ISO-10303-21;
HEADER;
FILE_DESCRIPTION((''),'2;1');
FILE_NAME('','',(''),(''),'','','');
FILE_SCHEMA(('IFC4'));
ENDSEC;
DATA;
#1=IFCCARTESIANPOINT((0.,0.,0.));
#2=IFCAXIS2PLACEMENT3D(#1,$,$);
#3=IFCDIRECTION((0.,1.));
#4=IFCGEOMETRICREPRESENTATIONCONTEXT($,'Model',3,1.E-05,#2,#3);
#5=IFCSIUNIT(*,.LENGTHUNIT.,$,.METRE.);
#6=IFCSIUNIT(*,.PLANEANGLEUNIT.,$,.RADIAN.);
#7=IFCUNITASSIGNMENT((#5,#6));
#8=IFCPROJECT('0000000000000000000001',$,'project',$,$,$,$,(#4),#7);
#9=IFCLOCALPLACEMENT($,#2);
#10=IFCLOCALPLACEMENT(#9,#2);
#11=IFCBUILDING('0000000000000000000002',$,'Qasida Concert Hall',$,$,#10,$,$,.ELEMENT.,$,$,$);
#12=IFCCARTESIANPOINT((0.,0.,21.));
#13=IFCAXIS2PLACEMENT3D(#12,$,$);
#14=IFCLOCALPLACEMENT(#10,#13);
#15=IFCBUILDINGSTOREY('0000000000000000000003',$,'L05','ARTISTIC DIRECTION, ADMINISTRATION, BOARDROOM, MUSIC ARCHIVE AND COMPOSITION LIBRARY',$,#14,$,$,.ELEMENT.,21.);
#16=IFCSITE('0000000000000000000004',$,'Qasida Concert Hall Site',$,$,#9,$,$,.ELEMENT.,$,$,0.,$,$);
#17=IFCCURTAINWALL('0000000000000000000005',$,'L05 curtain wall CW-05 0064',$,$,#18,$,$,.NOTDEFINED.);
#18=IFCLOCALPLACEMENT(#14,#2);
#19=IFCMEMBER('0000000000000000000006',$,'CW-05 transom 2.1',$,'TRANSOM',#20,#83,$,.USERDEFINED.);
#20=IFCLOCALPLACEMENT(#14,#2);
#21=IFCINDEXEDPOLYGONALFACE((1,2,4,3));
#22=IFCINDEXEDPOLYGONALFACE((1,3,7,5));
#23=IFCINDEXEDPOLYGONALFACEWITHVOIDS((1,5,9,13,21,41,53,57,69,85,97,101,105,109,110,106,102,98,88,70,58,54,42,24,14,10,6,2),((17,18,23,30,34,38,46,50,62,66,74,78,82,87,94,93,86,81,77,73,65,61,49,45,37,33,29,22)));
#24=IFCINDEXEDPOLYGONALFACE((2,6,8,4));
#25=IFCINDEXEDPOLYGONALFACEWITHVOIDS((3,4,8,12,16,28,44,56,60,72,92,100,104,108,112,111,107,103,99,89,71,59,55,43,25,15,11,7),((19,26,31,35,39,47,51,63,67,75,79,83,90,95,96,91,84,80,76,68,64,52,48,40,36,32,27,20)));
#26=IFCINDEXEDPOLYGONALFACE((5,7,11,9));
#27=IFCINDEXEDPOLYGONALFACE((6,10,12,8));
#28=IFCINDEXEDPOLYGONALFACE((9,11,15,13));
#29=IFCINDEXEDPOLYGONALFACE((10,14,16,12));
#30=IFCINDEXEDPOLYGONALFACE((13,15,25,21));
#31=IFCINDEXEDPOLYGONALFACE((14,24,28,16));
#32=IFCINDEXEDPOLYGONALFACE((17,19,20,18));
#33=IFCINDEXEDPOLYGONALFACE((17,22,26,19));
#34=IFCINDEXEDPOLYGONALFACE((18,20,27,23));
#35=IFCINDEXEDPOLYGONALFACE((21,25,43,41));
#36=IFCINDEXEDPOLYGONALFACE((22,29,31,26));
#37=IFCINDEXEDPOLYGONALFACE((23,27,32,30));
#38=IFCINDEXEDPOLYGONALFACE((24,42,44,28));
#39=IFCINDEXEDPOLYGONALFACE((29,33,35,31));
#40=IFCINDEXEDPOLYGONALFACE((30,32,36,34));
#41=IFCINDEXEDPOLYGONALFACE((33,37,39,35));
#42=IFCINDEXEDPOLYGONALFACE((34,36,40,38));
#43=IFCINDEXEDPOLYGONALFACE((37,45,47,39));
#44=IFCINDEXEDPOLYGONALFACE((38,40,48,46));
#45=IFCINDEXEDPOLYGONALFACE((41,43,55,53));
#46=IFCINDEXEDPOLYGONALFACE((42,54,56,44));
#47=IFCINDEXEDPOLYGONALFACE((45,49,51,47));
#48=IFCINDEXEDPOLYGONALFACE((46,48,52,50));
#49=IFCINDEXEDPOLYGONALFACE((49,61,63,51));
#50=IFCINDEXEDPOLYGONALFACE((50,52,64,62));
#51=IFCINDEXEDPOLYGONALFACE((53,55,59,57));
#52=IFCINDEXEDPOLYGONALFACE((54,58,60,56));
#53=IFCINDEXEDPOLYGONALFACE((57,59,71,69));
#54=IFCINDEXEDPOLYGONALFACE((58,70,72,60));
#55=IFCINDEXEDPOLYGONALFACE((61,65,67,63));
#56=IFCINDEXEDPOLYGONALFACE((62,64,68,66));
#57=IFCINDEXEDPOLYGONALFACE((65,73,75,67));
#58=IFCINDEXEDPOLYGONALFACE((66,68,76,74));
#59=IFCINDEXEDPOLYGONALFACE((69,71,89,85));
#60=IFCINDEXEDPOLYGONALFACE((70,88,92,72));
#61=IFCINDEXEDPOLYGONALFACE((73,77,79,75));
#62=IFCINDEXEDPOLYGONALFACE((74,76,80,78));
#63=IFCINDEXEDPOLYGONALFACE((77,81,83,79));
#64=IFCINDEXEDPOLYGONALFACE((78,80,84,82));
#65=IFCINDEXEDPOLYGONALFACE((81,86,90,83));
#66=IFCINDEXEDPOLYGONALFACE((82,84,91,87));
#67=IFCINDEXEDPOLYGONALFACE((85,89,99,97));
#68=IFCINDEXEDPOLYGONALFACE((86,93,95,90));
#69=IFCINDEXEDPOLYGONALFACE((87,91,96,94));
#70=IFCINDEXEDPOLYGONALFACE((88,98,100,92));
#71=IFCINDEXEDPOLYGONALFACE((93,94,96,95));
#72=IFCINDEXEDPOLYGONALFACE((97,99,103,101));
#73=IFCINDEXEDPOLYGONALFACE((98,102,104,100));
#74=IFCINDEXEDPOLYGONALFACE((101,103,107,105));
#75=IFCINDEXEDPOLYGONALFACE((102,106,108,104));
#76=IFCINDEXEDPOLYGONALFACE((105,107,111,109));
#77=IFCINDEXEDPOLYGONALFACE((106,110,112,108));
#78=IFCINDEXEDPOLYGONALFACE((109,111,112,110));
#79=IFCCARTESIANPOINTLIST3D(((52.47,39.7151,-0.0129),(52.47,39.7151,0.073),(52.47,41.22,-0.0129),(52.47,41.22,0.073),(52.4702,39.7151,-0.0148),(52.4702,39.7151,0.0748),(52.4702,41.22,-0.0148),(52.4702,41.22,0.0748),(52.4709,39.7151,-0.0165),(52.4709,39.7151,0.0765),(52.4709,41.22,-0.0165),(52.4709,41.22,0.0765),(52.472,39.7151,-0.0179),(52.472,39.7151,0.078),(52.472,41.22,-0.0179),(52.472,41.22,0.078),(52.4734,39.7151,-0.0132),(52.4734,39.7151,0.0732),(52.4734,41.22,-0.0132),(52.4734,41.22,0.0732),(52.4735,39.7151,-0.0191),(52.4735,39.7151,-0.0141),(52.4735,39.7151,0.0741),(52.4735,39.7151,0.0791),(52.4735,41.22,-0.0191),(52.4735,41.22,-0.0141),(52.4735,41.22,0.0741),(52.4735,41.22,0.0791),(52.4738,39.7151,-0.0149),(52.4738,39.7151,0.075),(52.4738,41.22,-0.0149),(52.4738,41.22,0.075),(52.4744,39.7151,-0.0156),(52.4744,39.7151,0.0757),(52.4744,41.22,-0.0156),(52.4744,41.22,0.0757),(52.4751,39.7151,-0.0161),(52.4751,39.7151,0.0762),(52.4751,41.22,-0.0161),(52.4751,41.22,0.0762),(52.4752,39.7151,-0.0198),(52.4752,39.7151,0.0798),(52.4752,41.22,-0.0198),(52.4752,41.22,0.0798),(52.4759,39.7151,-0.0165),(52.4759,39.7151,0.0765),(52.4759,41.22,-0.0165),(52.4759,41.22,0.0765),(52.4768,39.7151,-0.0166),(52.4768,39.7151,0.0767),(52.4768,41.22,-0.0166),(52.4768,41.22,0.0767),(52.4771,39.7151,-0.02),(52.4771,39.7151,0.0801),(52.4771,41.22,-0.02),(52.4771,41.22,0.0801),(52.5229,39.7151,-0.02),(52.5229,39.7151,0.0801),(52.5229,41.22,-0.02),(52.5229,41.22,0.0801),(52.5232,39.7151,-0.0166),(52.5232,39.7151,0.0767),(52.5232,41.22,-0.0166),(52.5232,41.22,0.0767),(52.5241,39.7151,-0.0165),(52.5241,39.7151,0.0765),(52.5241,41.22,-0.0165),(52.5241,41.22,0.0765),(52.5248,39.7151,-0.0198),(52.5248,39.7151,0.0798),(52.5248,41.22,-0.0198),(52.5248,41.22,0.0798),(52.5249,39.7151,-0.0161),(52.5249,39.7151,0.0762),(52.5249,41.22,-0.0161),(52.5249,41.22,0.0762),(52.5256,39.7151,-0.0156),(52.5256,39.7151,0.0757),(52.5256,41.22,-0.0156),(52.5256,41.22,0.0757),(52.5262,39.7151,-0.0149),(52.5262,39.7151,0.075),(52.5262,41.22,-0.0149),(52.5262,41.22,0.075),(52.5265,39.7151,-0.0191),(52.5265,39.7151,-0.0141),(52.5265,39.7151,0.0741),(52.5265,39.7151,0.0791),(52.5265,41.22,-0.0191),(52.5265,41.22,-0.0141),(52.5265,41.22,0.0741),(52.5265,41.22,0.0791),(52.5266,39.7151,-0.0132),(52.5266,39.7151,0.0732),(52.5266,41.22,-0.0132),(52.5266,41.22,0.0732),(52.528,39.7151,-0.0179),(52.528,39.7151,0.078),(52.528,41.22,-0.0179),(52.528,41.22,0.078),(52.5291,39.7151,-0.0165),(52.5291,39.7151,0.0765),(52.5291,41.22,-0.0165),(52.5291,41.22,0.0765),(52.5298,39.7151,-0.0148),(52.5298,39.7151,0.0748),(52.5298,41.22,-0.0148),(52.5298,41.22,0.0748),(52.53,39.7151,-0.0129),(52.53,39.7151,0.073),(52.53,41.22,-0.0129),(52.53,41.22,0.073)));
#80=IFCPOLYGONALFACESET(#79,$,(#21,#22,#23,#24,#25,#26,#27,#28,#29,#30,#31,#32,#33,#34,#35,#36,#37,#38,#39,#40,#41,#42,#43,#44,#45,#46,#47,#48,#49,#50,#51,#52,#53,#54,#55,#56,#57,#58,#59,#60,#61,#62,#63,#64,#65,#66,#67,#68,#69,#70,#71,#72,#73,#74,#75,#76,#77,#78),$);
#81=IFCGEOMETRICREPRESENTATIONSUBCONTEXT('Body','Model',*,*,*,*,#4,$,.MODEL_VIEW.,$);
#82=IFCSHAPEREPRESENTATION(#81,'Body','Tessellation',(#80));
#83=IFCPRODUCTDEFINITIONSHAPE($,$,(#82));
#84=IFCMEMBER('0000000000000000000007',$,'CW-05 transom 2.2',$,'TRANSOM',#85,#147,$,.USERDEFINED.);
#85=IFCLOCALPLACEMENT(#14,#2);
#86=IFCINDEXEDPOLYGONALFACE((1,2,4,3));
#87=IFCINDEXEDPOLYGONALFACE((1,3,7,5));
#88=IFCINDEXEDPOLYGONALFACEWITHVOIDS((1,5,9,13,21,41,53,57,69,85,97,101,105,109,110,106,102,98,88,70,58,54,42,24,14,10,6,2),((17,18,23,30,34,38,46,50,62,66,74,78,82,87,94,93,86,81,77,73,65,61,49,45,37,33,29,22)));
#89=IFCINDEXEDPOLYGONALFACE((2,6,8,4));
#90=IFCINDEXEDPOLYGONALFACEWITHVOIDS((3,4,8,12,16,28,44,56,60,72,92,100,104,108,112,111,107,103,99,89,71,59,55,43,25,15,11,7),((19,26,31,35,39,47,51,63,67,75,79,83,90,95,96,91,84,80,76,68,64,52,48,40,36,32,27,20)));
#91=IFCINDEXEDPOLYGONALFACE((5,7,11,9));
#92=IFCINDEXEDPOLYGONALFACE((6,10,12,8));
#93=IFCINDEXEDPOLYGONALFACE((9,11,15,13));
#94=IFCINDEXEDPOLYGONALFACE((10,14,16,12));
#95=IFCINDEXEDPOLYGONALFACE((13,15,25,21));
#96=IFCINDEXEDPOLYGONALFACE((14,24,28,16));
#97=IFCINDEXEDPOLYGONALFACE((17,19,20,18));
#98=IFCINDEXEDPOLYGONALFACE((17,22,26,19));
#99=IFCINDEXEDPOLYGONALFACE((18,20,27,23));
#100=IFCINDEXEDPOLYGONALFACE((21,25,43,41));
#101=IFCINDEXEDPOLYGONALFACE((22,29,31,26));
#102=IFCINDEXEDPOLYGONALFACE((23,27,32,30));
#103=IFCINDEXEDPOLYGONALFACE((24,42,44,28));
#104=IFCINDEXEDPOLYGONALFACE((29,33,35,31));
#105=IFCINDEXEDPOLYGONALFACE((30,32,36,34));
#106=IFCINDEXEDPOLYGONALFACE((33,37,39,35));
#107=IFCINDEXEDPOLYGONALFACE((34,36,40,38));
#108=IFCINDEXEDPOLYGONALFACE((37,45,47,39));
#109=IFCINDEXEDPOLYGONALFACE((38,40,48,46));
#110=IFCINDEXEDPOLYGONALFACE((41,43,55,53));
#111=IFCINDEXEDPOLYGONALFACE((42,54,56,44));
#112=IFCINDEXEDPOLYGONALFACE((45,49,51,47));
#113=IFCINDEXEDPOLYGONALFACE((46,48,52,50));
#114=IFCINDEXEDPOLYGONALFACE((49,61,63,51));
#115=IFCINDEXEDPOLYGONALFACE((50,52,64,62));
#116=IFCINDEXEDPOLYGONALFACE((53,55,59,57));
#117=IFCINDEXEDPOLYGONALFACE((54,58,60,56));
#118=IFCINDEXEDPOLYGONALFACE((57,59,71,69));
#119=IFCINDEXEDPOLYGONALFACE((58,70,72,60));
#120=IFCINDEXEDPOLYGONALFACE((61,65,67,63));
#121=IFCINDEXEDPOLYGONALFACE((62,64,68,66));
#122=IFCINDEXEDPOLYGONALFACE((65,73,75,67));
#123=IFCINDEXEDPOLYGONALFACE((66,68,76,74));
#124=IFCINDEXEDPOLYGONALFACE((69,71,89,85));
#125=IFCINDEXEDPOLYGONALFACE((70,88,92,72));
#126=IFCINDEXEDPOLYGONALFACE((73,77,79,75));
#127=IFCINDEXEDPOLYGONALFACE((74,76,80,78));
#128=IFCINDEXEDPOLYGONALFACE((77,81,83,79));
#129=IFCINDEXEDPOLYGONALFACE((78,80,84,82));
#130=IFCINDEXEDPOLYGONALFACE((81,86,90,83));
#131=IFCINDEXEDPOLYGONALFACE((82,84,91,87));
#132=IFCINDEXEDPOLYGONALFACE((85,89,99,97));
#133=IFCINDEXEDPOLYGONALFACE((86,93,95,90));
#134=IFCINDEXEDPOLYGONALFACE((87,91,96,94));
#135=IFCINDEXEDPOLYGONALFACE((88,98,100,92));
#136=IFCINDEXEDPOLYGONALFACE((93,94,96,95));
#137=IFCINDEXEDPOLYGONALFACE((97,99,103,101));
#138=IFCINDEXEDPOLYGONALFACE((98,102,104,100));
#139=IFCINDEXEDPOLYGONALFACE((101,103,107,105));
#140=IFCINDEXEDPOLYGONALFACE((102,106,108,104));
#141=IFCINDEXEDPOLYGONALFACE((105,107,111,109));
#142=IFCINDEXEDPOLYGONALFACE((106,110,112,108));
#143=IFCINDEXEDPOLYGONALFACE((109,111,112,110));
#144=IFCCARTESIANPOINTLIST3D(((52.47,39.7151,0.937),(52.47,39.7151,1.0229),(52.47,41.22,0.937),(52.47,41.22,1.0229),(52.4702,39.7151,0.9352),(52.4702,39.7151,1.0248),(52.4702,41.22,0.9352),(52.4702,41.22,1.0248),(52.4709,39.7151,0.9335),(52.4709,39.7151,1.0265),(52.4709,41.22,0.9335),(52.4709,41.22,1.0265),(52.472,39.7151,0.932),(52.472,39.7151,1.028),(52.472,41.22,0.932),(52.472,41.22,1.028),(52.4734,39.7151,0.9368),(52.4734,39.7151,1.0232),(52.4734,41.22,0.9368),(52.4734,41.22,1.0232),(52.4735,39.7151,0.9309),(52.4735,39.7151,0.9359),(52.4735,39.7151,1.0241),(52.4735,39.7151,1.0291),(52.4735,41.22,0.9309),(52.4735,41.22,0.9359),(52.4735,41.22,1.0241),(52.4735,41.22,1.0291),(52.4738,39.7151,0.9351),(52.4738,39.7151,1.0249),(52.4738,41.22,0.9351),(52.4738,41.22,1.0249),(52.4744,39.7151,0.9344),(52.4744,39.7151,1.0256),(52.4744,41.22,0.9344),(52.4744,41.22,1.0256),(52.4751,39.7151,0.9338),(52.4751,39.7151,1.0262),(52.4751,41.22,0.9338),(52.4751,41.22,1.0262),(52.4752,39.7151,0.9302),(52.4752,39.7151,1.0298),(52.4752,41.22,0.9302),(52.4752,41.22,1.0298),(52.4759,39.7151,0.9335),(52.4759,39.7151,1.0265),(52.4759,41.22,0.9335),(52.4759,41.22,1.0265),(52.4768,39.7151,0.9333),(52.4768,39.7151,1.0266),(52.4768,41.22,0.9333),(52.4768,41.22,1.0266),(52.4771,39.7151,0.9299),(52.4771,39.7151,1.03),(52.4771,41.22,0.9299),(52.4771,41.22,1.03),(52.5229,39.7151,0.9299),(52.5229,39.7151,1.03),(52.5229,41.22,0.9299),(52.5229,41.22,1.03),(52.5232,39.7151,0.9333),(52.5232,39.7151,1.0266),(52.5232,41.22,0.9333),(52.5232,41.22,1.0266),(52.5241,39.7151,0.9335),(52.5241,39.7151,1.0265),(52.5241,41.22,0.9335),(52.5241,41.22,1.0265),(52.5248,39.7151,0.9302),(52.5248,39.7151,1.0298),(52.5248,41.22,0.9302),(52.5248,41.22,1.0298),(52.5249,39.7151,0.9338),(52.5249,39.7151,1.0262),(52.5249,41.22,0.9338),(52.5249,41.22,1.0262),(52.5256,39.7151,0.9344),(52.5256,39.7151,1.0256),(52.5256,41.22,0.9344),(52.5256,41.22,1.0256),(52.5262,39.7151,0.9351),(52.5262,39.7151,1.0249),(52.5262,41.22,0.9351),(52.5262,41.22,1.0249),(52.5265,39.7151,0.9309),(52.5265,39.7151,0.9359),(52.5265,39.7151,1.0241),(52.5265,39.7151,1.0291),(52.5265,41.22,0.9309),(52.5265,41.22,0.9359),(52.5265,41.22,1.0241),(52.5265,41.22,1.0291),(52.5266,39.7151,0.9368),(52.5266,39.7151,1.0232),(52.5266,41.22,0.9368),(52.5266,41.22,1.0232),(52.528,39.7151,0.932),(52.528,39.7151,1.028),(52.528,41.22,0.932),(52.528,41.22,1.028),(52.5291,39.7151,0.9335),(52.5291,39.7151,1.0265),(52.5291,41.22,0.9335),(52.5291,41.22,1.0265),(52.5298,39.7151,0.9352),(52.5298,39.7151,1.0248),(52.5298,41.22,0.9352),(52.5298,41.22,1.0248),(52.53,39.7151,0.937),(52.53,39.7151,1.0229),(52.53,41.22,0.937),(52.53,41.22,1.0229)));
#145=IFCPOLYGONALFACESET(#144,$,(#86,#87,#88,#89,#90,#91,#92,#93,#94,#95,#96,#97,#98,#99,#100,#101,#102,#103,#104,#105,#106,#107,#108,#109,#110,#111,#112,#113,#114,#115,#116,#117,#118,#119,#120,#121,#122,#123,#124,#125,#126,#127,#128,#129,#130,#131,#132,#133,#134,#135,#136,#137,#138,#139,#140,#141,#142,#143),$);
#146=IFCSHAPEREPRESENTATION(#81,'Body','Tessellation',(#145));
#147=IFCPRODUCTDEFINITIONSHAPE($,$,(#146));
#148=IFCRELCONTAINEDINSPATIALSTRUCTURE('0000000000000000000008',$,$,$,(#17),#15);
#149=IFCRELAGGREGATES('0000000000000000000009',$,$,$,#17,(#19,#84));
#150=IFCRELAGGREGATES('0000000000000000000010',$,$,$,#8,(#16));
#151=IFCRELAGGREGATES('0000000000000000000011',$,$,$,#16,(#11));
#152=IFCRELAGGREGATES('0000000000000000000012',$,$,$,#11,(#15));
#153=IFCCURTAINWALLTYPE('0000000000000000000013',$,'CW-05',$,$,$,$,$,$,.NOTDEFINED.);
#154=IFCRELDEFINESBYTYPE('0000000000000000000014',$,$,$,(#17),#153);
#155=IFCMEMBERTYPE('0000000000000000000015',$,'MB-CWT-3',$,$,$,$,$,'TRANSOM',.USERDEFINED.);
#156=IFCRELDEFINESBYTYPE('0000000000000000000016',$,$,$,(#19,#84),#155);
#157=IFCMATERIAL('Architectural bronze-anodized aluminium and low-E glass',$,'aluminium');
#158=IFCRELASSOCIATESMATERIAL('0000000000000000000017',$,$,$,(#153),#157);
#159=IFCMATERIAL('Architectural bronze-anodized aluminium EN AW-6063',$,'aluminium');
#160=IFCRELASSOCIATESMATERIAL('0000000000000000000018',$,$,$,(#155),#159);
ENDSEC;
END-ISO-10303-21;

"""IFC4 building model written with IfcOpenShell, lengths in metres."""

from ifc_helpers import new_model, si_unit, direction, frame, origin, origin_2d, place, context, subcontext, project, spatial, hollow_rectangle, extrude, material, material_profile, profile_set, type_object, element, aggregate, save


model = new_model("IFC4")

# Units and contexts
model_context = context("Model", 3, precision=1e-05, world=origin(), true_north=direction((0.0, 1.0)))
body_context = subcontext(model_context, "Body", "Model", "MODEL_VIEW")
ifc_project = project(units=[si_unit("LENGTHUNIT", "METRE"), si_unit("PLANEANGLEUNIT", "RADIAN")], contexts=[model_context])

# Site, building, storey
site_placement = place(None, origin())
site = spatial("IfcSite", under=ifc_project, at=site_placement, Name="Qasida Concert Hall Site", CompositionType="ELEMENT", RefElevation=0.0)
building_placement = place(site_placement, origin())
building = spatial("IfcBuilding", under=site, at=building_placement, Name="Qasida Concert Hall", CompositionType="ELEMENT")
storey_placement = place(building_placement, frame((0.0, 0.0, 21.0)))
storey = spatial("IfcBuildingStorey", under=building, at=storey_placement, Name="L05", Description="ARTISTIC DIRECTION, ADMINISTRATION, BOARDROOM, MUSIC ARCHIVE AND COMPOSITION LIBRARY", CompositionType="ELEMENT", Elevation=21.0)

# Curtain wall, members
ifc_material_1 = material(Name="Architectural bronze-anodized aluminium and low-E glass", Category="aluminium")
curtain_wall_type = type_object("IfcCurtainWallType", Name="CW-05", PredefinedType="NOTDEFINED", material=ifc_material_1)
curtain_wall_placement = place(storey_placement, origin())
curtain_wall = element("IfcCurtainWall", 1, at=curtain_wall_placement, inside=storey, type_object=curtain_wall_type, Name="L05 curtain wall CW-05 0064", PredefinedType="NOTDEFINED")
ifc_material_2 = material(Name="Architectural bronze-anodized aluminium EN AW-6063", Category="aluminium")
ifc_material_profile_1 = material_profile(ifc_material_2, hollow_rectangle(XDim=0.0601, YDim=0.1001, WallThickness=0.0034, InnerFilletRadius=0.0034, OuterFilletRadius=0.0071, at=origin_2d()), Name="CWT 100x60x3.5")
ifc_profile_set_1 = profile_set([ifc_material_profile_1], Name="Architectural bronze-anodized aluminium EN AW-6063")
member_type_1 = type_object("IfcMemberType", Name="MB-CWT-3", ElementType="TRANSOM", PredefinedType="USERDEFINED", material=ifc_profile_set_1)
member_1_placement = place(storey_placement, frame((52.5, 39.7151, 0.03), z_axis=(0.0, 1.0, 0.0), x_axis=(-1.0, 0.0, 0.0)))
member_1 = element("IfcMember", 2, at=member_1_placement, type_object=member_type_1, Name="CW-05 transom 2.1", ObjectType="TRANSOM", PredefinedType="USERDEFINED", context=body_context, shape_type="SweptSolid", body=[
    extrude(hollow_rectangle(XDim=0.0601, YDim=0.1001, WallThickness=0.0034, InnerFilletRadius=0.0034, OuterFilletRadius=0.0071, at=origin_2d()), origin(), (0.0, 0.0, 1.0), 1.5049),
])
member_2_placement = place(storey_placement, frame((52.5, 39.7151, 0.98), z_axis=(0.0, 1.0, 0.0), x_axis=(-1.0, 0.0, 0.0)))
member_2 = element("IfcMember", 3, at=member_2_placement, type_object=member_type_1, Name="CW-05 transom 2.2", ObjectType="TRANSOM", PredefinedType="USERDEFINED", context=body_context, shape_type="SweptSolid", body=[
    extrude(hollow_rectangle(XDim=0.0601, YDim=0.1001, WallThickness=0.0034, InnerFilletRadius=0.0034, OuterFilletRadius=0.0071, at=origin_2d()), origin(), (0.0, 0.0, 1.0), 1.5049),
])
aggregate(curtain_wall, [member_1, member_2])

save(model, "model.ifc")
